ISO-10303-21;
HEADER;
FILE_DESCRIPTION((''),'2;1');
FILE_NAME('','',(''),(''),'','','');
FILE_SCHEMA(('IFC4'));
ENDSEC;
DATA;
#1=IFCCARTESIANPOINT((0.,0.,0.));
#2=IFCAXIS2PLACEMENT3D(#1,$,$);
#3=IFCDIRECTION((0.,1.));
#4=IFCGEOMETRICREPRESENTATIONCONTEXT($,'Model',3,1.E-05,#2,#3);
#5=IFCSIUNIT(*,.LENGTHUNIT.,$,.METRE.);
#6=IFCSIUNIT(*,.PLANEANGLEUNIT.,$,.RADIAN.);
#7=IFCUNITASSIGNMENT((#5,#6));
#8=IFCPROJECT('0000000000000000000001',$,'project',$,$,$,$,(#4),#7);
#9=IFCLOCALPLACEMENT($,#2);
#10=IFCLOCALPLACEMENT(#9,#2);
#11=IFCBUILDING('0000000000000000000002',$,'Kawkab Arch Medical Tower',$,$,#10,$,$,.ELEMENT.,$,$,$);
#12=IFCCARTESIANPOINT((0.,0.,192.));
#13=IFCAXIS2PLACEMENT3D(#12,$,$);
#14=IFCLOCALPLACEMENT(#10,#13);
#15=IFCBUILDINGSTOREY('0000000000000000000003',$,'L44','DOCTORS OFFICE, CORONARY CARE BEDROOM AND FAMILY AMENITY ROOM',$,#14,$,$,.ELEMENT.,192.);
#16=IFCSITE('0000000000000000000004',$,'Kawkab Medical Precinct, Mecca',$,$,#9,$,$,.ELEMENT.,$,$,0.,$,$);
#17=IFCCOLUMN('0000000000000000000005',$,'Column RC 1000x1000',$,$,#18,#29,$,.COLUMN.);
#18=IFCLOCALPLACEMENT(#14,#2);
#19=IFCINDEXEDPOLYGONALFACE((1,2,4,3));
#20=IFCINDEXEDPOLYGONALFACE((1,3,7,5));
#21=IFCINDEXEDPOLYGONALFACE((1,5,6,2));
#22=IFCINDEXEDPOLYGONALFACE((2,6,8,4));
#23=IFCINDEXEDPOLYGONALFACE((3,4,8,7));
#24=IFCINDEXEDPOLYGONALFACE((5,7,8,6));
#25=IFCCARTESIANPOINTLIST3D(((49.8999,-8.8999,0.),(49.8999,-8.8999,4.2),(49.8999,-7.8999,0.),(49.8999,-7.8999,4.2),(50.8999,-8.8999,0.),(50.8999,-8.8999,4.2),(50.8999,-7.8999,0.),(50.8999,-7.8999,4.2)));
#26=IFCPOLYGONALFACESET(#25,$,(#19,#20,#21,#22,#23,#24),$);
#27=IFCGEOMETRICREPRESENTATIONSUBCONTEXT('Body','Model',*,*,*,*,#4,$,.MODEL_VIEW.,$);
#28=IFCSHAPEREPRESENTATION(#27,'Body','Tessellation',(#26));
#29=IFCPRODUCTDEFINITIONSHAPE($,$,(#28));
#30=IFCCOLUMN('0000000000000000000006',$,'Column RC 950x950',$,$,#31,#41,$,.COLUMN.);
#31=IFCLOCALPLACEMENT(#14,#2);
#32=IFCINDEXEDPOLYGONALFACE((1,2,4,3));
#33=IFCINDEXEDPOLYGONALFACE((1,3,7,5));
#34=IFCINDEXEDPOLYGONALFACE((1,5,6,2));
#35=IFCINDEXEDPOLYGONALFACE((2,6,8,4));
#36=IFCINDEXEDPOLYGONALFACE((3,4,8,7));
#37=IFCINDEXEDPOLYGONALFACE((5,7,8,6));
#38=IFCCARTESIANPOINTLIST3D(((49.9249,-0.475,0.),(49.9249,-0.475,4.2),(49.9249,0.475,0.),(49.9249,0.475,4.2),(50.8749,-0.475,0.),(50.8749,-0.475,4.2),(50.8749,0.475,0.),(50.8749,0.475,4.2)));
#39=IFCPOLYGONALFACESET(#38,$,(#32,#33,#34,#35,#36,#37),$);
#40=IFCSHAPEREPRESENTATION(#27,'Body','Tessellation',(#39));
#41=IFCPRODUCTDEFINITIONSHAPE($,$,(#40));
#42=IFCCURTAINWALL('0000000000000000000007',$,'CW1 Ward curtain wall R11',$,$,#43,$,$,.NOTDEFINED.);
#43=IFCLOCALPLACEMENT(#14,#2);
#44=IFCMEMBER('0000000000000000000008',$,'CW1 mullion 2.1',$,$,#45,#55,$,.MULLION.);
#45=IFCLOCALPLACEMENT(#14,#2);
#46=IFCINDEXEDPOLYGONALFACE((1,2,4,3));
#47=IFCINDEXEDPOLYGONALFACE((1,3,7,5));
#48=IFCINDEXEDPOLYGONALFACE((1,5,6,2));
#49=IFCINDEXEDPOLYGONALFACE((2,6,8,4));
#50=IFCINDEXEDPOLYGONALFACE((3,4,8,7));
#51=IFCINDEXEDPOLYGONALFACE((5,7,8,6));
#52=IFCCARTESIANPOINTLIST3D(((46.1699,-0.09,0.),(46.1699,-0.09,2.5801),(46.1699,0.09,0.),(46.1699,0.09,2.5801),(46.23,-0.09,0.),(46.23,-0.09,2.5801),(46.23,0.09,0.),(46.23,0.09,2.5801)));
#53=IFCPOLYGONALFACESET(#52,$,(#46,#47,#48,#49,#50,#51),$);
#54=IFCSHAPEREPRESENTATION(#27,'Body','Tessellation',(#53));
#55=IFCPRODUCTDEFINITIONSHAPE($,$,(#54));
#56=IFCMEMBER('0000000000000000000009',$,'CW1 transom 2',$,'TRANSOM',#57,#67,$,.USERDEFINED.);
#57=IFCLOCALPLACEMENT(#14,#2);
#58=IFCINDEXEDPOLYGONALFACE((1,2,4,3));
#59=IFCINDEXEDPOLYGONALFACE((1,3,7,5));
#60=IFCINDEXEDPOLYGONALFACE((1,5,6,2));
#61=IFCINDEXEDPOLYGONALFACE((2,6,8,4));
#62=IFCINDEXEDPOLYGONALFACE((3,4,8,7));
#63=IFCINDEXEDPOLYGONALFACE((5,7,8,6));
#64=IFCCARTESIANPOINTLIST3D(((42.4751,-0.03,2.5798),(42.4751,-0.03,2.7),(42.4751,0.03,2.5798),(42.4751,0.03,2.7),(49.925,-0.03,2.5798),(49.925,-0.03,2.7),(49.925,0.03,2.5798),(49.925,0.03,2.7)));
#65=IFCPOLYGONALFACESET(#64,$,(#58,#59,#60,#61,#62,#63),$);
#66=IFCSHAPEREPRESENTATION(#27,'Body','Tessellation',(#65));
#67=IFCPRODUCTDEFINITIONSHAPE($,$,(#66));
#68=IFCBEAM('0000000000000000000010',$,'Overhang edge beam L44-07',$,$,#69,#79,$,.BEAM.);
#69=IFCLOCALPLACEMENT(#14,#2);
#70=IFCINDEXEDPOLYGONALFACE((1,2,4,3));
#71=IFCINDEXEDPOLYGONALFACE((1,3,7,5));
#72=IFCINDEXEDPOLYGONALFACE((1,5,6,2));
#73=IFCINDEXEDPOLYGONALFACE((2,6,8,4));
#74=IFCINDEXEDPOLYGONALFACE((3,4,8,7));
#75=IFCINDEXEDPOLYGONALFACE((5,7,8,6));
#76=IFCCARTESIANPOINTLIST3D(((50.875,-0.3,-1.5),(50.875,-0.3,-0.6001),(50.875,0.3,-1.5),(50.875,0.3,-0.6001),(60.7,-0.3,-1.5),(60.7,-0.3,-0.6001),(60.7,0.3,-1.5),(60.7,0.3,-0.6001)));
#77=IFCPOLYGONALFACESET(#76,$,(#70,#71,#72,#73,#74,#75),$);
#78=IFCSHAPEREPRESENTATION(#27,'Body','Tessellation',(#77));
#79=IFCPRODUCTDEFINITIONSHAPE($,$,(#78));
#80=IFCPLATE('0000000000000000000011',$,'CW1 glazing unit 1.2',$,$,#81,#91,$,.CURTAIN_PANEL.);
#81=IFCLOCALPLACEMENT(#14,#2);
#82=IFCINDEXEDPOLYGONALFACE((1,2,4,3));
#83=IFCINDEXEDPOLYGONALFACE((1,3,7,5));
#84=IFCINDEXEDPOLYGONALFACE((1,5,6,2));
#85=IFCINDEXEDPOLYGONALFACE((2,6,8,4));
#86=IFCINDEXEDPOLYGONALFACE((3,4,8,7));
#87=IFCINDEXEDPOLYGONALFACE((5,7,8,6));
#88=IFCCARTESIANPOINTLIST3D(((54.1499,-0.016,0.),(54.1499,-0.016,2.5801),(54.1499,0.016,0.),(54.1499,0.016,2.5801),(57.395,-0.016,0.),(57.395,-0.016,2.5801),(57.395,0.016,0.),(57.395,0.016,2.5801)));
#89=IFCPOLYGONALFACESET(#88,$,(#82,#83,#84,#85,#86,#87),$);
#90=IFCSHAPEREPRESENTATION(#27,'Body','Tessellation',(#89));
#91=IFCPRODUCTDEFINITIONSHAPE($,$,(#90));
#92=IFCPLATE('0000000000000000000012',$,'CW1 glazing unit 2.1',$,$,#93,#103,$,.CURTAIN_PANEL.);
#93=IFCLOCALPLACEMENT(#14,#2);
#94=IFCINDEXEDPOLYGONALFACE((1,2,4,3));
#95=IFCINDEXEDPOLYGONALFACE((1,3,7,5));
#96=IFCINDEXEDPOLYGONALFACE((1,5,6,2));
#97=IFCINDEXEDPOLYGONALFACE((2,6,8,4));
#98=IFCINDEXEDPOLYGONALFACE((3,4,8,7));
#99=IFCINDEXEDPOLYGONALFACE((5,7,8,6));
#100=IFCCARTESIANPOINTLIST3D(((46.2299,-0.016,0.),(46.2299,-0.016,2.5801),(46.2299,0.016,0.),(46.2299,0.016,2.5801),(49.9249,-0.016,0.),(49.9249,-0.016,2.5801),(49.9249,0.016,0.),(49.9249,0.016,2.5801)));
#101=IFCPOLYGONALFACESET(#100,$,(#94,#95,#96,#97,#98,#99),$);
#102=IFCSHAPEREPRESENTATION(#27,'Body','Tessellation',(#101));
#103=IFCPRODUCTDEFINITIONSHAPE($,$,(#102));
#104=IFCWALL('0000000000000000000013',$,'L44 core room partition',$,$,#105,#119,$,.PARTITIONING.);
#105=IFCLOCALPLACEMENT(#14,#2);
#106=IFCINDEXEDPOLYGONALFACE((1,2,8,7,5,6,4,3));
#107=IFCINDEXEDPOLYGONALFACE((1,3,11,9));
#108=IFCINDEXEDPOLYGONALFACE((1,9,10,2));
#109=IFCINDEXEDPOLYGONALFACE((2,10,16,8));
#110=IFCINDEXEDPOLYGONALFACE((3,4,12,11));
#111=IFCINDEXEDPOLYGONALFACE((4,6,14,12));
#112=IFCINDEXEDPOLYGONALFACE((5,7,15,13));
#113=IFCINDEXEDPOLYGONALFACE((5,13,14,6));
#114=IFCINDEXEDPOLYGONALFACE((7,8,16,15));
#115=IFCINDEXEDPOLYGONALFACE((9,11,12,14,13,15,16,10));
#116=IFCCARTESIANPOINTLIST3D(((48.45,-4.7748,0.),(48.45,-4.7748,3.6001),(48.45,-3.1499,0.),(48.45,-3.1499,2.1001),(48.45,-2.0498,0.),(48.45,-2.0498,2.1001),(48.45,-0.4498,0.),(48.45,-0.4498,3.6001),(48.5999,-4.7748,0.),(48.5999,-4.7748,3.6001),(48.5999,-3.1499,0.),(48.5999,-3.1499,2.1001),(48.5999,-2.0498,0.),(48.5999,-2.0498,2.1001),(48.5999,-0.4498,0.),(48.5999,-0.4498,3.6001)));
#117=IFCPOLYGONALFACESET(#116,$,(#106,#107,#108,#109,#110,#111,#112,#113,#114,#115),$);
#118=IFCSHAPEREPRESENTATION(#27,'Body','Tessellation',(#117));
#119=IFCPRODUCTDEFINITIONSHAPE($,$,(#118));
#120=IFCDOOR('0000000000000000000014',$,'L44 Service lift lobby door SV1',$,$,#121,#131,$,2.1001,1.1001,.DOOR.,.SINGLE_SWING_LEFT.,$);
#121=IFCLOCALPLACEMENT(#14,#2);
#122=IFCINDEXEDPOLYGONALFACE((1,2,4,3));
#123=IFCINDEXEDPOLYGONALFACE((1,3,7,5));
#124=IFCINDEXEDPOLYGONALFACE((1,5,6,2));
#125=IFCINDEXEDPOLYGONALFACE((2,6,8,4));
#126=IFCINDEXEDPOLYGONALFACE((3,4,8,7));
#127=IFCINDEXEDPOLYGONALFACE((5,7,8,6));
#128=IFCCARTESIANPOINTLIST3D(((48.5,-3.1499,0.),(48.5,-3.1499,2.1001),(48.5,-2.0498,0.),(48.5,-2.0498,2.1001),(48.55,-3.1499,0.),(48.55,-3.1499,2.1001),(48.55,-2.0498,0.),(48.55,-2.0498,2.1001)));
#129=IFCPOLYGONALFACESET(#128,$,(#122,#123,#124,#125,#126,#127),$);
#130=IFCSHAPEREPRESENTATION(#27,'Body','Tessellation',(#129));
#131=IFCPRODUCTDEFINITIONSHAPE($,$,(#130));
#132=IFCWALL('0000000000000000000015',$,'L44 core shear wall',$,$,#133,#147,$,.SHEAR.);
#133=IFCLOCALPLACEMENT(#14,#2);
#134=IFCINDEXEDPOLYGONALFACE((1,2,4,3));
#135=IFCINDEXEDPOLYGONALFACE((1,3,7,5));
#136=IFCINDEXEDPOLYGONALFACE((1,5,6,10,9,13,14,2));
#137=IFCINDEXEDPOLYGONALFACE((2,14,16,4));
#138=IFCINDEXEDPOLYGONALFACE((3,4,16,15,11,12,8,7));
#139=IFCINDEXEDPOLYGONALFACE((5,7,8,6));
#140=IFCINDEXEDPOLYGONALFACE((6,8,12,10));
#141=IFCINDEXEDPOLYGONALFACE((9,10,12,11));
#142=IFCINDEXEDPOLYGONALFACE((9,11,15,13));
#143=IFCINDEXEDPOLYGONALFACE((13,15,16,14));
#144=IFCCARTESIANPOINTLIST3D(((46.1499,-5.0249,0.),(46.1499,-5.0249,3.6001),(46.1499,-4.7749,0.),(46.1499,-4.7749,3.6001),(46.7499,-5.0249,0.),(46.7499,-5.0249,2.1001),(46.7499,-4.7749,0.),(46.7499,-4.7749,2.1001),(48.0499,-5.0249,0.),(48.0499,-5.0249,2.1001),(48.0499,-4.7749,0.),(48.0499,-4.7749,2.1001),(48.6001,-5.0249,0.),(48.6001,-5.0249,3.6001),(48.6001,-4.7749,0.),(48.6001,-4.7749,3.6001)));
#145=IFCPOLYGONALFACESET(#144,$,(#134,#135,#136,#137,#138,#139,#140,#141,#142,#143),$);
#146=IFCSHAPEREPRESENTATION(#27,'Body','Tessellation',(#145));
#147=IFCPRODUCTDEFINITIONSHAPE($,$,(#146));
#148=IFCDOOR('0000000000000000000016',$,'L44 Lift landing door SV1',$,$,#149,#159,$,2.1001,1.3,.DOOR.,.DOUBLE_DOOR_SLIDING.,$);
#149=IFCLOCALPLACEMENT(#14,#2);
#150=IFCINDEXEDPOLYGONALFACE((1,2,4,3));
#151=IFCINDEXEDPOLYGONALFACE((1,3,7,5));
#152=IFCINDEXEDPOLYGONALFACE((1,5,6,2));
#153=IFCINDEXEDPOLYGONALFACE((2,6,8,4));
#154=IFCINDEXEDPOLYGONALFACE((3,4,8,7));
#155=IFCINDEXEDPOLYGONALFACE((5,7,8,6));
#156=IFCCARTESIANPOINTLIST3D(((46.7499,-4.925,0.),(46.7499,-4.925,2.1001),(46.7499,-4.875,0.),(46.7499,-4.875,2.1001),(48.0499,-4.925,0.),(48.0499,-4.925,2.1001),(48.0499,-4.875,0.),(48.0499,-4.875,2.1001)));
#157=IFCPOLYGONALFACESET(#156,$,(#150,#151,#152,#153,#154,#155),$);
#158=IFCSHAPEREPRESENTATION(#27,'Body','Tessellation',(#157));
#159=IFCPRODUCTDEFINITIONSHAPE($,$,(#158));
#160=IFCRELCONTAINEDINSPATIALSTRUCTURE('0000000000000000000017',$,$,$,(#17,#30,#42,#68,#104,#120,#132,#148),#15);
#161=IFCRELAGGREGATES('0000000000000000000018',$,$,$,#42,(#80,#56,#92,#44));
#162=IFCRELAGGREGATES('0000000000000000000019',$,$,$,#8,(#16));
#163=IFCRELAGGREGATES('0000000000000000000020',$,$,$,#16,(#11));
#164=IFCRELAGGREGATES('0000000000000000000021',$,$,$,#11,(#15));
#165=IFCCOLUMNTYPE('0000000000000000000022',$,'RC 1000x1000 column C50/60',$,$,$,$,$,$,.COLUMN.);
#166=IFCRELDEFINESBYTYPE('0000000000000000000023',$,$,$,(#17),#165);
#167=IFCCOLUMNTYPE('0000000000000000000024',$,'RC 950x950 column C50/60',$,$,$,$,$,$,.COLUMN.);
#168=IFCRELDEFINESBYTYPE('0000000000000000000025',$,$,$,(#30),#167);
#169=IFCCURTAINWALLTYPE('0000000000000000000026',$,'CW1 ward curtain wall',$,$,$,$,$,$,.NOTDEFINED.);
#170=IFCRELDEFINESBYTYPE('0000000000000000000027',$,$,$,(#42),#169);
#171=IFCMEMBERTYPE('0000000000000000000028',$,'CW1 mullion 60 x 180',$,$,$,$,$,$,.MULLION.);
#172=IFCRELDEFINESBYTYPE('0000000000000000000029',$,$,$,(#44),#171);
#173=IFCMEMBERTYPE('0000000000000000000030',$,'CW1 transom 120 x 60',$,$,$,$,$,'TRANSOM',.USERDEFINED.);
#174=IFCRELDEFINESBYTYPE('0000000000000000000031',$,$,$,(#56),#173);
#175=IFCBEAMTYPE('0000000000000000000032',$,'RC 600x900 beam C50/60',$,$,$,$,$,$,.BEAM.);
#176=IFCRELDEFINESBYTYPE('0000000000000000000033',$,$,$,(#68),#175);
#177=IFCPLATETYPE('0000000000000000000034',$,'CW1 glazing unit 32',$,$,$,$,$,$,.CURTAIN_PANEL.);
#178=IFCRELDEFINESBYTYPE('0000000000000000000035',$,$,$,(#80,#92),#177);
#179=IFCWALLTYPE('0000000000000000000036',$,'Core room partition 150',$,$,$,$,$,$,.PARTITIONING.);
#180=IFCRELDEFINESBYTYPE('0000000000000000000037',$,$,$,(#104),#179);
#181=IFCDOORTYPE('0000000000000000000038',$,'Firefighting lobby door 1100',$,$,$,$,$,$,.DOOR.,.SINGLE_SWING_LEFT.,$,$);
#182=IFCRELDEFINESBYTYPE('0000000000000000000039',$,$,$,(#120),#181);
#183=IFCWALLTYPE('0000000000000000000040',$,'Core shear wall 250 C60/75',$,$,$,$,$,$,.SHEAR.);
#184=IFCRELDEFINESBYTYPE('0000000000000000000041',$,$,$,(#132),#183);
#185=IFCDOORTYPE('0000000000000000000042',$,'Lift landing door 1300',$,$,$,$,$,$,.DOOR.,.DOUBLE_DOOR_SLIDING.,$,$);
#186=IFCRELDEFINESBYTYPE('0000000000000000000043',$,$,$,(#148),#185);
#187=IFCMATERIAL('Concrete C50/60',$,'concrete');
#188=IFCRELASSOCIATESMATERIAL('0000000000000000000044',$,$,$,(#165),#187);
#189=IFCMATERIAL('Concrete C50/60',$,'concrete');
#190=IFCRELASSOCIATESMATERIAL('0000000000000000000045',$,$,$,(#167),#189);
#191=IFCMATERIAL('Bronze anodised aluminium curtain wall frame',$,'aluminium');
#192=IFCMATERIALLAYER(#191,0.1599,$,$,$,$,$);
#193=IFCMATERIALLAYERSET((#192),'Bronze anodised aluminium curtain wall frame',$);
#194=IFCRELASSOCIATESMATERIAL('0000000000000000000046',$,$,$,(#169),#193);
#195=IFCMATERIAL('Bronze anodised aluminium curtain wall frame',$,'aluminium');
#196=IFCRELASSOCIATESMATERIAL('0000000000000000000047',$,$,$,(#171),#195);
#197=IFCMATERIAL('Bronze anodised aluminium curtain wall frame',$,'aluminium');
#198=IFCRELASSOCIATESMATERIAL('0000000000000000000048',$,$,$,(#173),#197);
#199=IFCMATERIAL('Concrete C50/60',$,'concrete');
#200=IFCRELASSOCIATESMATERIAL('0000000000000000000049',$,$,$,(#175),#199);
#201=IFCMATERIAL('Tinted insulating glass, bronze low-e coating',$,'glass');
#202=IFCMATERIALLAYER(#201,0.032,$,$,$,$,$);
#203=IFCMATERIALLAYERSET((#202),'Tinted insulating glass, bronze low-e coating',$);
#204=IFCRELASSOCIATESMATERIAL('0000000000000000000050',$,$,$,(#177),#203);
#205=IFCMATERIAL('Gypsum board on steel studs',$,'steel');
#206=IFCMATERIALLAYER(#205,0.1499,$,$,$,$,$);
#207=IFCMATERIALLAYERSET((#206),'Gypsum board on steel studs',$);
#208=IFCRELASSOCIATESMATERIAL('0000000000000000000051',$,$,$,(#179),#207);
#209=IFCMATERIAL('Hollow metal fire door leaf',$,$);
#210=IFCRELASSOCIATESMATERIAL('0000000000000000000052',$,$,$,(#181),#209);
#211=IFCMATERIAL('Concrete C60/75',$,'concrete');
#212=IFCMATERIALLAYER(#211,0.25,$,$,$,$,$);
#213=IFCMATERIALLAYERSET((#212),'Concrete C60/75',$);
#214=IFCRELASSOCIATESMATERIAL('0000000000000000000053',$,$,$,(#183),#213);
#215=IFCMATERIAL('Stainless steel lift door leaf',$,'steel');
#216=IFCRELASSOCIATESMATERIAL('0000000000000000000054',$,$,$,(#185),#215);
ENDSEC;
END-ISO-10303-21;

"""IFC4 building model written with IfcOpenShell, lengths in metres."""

from ifc_helpers import new_model, si_unit, direction, frame, frame_2d, origin, origin_2d, place, context, subcontext, project, spatial, rectangle, extrude, material, layer, layer_set, material_profile, profile_set, type_object, element, fill, aggregate, save


model = new_model("IFC4")

# Units and contexts
model_context = context("Model", 3, precision=1e-05, world=origin(), true_north=direction((0.0, 1.0)))
body_context = subcontext(model_context, "Body", "Model", "MODEL_VIEW")
ifc_project = project(units=[si_unit("LENGTHUNIT", "METRE"), si_unit("PLANEANGLEUNIT", "RADIAN")], contexts=[model_context])

# Site, building, storey
site_placement = place(None, origin())
site = spatial("IfcSite", under=ifc_project, at=site_placement, Name="Kawkab Medical Precinct, Mecca", CompositionType="ELEMENT", RefElevation=0.0)
building_placement = place(site_placement, origin())
building = spatial("IfcBuilding", under=site, at=building_placement, Name="Kawkab Arch Medical Tower", CompositionType="ELEMENT")
storey_placement = place(building_placement, frame((0.0, 0.0, 192.0)))
storey = spatial("IfcBuildingStorey", under=building, at=storey_placement, Name="L44", Description="DOCTORS OFFICE, CORONARY CARE BEDROOM AND FAMILY AMENITY ROOM", CompositionType="ELEMENT", Elevation=192.0)

# Columns
ifc_material_1 = material(Name="Concrete C50/60", Category="concrete")
ifc_material_profile_1 = material_profile(ifc_material_1, rectangle(XDim=1.0, YDim=1.0, at=origin_2d()), Name="RC 1000x1000")
ifc_profile_set_1 = profile_set([ifc_material_profile_1], Name="Concrete C50/60")
column_type_1 = type_object("IfcColumnType", Name="RC 1000x1000 column C50/60", PredefinedType="COLUMN", material=ifc_profile_set_1)
column_1_placement = place(storey_placement, frame((50.3999, -8.3999, 0.0), z_axis=(0.0, 0.0, 1.0), x_axis=(1.0, 0.0, 0.0)))
element("IfcColumn", 1, at=column_1_placement, inside=storey, type_object=column_type_1, Name="Column RC 1000x1000", PredefinedType="COLUMN", context=body_context, shape_type="SweptSolid", body=[
    extrude(rectangle(XDim=1.0, YDim=1.0, at=origin_2d()), origin(), (0.0, 0.0, 1.0), 4.2),
])
ifc_material_2 = material(Name="Concrete C50/60", Category="concrete")
ifc_material_profile_2 = material_profile(ifc_material_2, rectangle(XDim=0.95, YDim=0.95, at=origin_2d()), Name="RC 950x950")
ifc_profile_set_2 = profile_set([ifc_material_profile_2], Name="Concrete C50/60")
column_type_2 = type_object("IfcColumnType", Name="RC 950x950 column C50/60", PredefinedType="COLUMN", material=ifc_profile_set_2)
column_2_placement = place(storey_placement, frame((50.3999, 0.0, 0.0), z_axis=(0.0, 0.0, 1.0), x_axis=(1.0, 0.0, 0.0)))
element("IfcColumn", 2, at=column_2_placement, inside=storey, type_object=column_type_2, Name="Column RC 950x950", PredefinedType="COLUMN", context=body_context, shape_type="SweptSolid", body=[
    extrude(rectangle(XDim=0.95, YDim=0.95, at=origin_2d()), origin(), (0.0, 0.0, 1.0), 4.2),
])

# Curtain wall, members
ifc_material_3 = material(Name="Bronze anodised aluminium curtain wall frame", Category="aluminium")
ifc_layer_1 = layer(ifc_material_3, 0.1599)
ifc_layer_set_1 = layer_set([ifc_layer_1], Name="Bronze anodised aluminium curtain wall frame")
curtain_wall_type = type_object("IfcCurtainWallType", Name="CW1 ward curtain wall", PredefinedType="NOTDEFINED", material=ifc_layer_set_1)
placement = place(storey_placement, origin())
curtain_wall = element("IfcCurtainWall", 3, at=placement, inside=storey, type_object=curtain_wall_type, Name="CW1 Ward curtain wall R11", PredefinedType="NOTDEFINED")
ifc_material_4 = material(Name="Bronze anodised aluminium curtain wall frame", Category="aluminium")
ifc_material_profile_3 = material_profile(ifc_material_4, rectangle(XDim=0.1799, YDim=0.0601, at=origin_2d()), Name="AL 60x180")
ifc_profile_set_3 = profile_set([ifc_material_profile_3], Name="Bronze anodised aluminium curtain wall frame")
member_type_1 = type_object("IfcMemberType", Name="CW1 mullion 60 x 180", PredefinedType="MULLION", material=ifc_profile_set_3)
member_1_placement = place(storey_placement, frame((46.2, 0.0, 0.0), z_axis=(0.0, 0.0, 1.0), x_axis=(0.0, -1.0, 0.0)))
member_1 = element("IfcMember", 4, at=member_1_placement, type_object=member_type_1, Name="CW1 mullion 2.1", PredefinedType="MULLION", context=body_context, shape_type="SweptSolid", body=[
    extrude(rectangle(XDim=0.1799, YDim=0.0601, at=origin_2d()), origin(), (0.0, 0.0, 1.0), 2.5801),
])
ifc_material_5 = material(Name="Bronze anodised aluminium curtain wall frame", Category="aluminium")
ifc_material_profile_4 = material_profile(ifc_material_5, rectangle(XDim=0.0601, YDim=0.1201, at=origin_2d()), Name="AL 60x120")
ifc_profile_set_4 = profile_set([ifc_material_profile_4], Name="Bronze anodised aluminium curtain wall frame")
member_type_2 = type_object("IfcMemberType", Name="CW1 transom 120 x 60", ElementType="TRANSOM", PredefinedType="USERDEFINED", material=ifc_profile_set_4)
member_2_placement = place(storey_placement, frame((49.925, 0.0, 2.6399), z_axis=(-1.0, 0.0, 0.0), x_axis=(0.0, -1.0, 0.0)))
member_2 = element("IfcMember", 5, at=member_2_placement, type_object=member_type_2, Name="CW1 transom 2", ObjectType="TRANSOM", PredefinedType="USERDEFINED", context=body_context, shape_type="SweptSolid", body=[
    extrude(rectangle(XDim=0.0601, YDim=0.1201, at=origin_2d()), origin(), (0.0, 0.0, 1.0), 7.45),
])

# Beam
ifc_material_6 = material(Name="Concrete C50/60", Category="concrete")
ifc_material_profile_5 = material_profile(ifc_material_6, rectangle(XDim=0.6001, YDim=0.8999, at=origin_2d()), Name="RC 600x900")
ifc_profile_set_5 = profile_set([ifc_material_profile_5], Name="Concrete C50/60")
beam_type = type_object("IfcBeamType", Name="RC 600x900 beam C50/60", PredefinedType="BEAM", material=ifc_profile_set_5)
beam_placement = place(storey_placement, frame((50.875, 0.0, -1.05), z_axis=(1.0, 0.0, 0.0), x_axis=(0.0, 1.0, 0.0)))
element("IfcBeam", 6, at=beam_placement, inside=storey, type_object=beam_type, Name="Overhang edge beam L44-07", PredefinedType="BEAM", context=body_context, shape_type="SweptSolid", body=[
    extrude(rectangle(XDim=0.6001, YDim=0.8999, at=origin_2d()), origin(), (0.0, 0.0, 1.0), 9.825),
])

# Plates
ifc_material_7 = material(Name="Tinted insulating glass, bronze low-e coating", Category="glass")
ifc_layer_2 = layer(ifc_material_7, 0.032)
ifc_layer_set_2 = layer_set([ifc_layer_2], Name="Tinted insulating glass, bronze low-e coating")
plate_type = type_object("IfcPlateType", Name="CW1 glazing unit 32", PredefinedType="CURTAIN_PANEL", material=ifc_layer_set_2)
plate_1_placement = place(storey_placement, frame((55.7725, 0.0, 0.0), z_axis=(0.0, 0.0, 1.0), x_axis=(-1.0, 0.0, 0.0)))
plate_1 = element("IfcPlate", 7, at=plate_1_placement, type_object=plate_type, Name="CW1 glazing unit 1.2", PredefinedType="CURTAIN_PANEL", context=body_context, shape_type="SweptSolid", body=[
    extrude(rectangle(XDim=3.2451, YDim=0.032, at=origin_2d()), origin(), (0.0, 0.0, 1.0), 2.5801),
])
plate_2_placement = place(storey_placement, frame((48.0774, 0.0, 0.0), z_axis=(0.0, 0.0, 1.0), x_axis=(-1.0, 0.0, 0.0)))
plate_2 = element("IfcPlate", 8, at=plate_2_placement, type_object=plate_type, Name="CW1 glazing unit 2.1", PredefinedType="CURTAIN_PANEL", context=body_context, shape_type="SweptSolid", body=[
    extrude(rectangle(XDim=3.6951, YDim=0.032, at=origin_2d()), origin(), (0.0, 0.0, 1.0), 2.5801),
])
aggregate(curtain_wall, [plate_1, member_2, plate_2, member_1])

# Walls, openings, doors
ifc_material_8 = material(Name="Gypsum board on steel studs", Category="steel")
ifc_layer_3 = layer(ifc_material_8, 0.1499)
ifc_layer_set_3 = layer_set([ifc_layer_3], Name="Gypsum board on steel studs")
wall_type_1 = type_object("IfcWallType", Name="Core room partition 150", PredefinedType="PARTITIONING", material=ifc_layer_set_3)
wall_1_placement = place(storey_placement, frame((48.5249, -4.7749, 0.0), z_axis=(0.0, 0.0, 1.0), x_axis=(0.0, 1.0, 0.0)))
wall_1 = element("IfcWall", 9, at=wall_1_placement, inside=storey, type_object=wall_type_1, Name="L44 core room partition", PredefinedType="PARTITIONING", context=body_context, shape_type="SweptSolid", body=[
    extrude(rectangle(XDim=4.325, YDim=0.1499, at=frame_2d((2.1626, 0.0))), origin(), (0.0, 0.0, 1.0), 3.6001),
])
opening_1_placement = place(wall_1_placement, frame((1.625, 0.0, 0.0)))
opening_1 = element("IfcOpeningElement", 10, at=opening_1_placement, cuts=wall_1, PredefinedType="OPENING", context=body_context, shape_type="SweptSolid", body=[
    extrude(rectangle(XDim=1.1001, YDim=2.1001, at=frame_2d((0.55, 1.05))), frame((0.0, 0.085, 0.0), z_axis=(0.0, -1.0, 0.0), x_axis=(1.0, 0.0, 0.0)), (0.0, 0.0, 1.0), 0.1699),
])
ifc_material_9 = material(Name="Hollow metal fire door leaf")
door_type_1 = type_object("IfcDoorType", Name="Firefighting lobby door 1100", OperationType="SINGLE_SWING_LEFT", PredefinedType="DOOR", material=ifc_material_9)
door_1_placement = place(opening_1_placement, origin())
door_1 = element("IfcDoor", 11, at=door_1_placement, inside=storey, type_object=door_type_1, Name="L44 Service lift lobby door SV1", OperationType="SINGLE_SWING_LEFT", OverallHeight=2.1001, OverallWidth=1.1001, PredefinedType="DOOR", context=body_context, shape_type="SweptSolid", body=[
    extrude(rectangle(XDim=1.1001, YDim=2.1001, at=frame_2d((0.55, 1.05))), frame((0.0, 0.0249, 0.0), z_axis=(0.0, -1.0, 0.0), x_axis=(1.0, 0.0, 0.0)), (0.0, 0.0, 1.0), 0.05),
])
fill(opening_1, door_1)
ifc_material_10 = material(Name="Concrete C60/75", Category="concrete")
ifc_layer_4 = layer(ifc_material_10, 0.25)
ifc_layer_set_4 = layer_set([ifc_layer_4], Name="Concrete C60/75")
wall_type_2 = type_object("IfcWallType", Name="Core shear wall 250 C60/75", PredefinedType="SHEAR", material=ifc_layer_set_4)
wall_2_placement = place(storey_placement, frame((46.1499, -4.8999, 0.0), z_axis=(0.0, 0.0, 1.0), x_axis=(1.0, 0.0, 0.0)))
wall_2 = element("IfcWall", 12, at=wall_2_placement, inside=storey, type_object=wall_type_2, Name="L44 core shear wall", PredefinedType="SHEAR", context=body_context, shape_type="SweptSolid", body=[
    extrude(rectangle(XDim=2.4502, YDim=0.25, at=frame_2d((1.2251, 0.0))), origin(), (0.0, 0.0, 1.0), 3.6001),
])
opening_2_placement = place(wall_2_placement, frame((0.6001, 0.0, 0.0)))
opening_2 = element("IfcOpeningElement", 13, at=opening_2_placement, cuts=wall_2, PredefinedType="OPENING", context=body_context, shape_type="SweptSolid", body=[
    extrude(rectangle(XDim=1.3, YDim=2.1001, at=frame_2d((0.6499, 1.05))), frame((0.0, 0.135, 0.0), z_axis=(0.0, -1.0, 0.0), x_axis=(1.0, 0.0, 0.0)), (0.0, 0.0, 1.0), 0.27),
])
ifc_material_11 = material(Name="Stainless steel lift door leaf", Category="steel")
door_type_2 = type_object("IfcDoorType", Name="Lift landing door 1300", OperationType="DOUBLE_DOOR_SLIDING", PredefinedType="DOOR", material=ifc_material_11)
door_2_placement = place(opening_2_placement, origin())
door_2 = element("IfcDoor", 14, at=door_2_placement, inside=storey, type_object=door_type_2, Name="L44 Lift landing door SV1", OperationType="DOUBLE_DOOR_SLIDING", OverallHeight=2.1001, OverallWidth=1.3, PredefinedType="DOOR", context=body_context, shape_type="SweptSolid", body=[
    extrude(rectangle(XDim=1.3, YDim=2.1001, at=frame_2d((0.6499, 1.05))), frame((0.0, 0.0249, 0.0), z_axis=(0.0, -1.0, 0.0), x_axis=(1.0, 0.0, 0.0)), (0.0, 0.0, 1.0), 0.05),
])
fill(opening_2, door_2)

save(model, "model.ifc")
